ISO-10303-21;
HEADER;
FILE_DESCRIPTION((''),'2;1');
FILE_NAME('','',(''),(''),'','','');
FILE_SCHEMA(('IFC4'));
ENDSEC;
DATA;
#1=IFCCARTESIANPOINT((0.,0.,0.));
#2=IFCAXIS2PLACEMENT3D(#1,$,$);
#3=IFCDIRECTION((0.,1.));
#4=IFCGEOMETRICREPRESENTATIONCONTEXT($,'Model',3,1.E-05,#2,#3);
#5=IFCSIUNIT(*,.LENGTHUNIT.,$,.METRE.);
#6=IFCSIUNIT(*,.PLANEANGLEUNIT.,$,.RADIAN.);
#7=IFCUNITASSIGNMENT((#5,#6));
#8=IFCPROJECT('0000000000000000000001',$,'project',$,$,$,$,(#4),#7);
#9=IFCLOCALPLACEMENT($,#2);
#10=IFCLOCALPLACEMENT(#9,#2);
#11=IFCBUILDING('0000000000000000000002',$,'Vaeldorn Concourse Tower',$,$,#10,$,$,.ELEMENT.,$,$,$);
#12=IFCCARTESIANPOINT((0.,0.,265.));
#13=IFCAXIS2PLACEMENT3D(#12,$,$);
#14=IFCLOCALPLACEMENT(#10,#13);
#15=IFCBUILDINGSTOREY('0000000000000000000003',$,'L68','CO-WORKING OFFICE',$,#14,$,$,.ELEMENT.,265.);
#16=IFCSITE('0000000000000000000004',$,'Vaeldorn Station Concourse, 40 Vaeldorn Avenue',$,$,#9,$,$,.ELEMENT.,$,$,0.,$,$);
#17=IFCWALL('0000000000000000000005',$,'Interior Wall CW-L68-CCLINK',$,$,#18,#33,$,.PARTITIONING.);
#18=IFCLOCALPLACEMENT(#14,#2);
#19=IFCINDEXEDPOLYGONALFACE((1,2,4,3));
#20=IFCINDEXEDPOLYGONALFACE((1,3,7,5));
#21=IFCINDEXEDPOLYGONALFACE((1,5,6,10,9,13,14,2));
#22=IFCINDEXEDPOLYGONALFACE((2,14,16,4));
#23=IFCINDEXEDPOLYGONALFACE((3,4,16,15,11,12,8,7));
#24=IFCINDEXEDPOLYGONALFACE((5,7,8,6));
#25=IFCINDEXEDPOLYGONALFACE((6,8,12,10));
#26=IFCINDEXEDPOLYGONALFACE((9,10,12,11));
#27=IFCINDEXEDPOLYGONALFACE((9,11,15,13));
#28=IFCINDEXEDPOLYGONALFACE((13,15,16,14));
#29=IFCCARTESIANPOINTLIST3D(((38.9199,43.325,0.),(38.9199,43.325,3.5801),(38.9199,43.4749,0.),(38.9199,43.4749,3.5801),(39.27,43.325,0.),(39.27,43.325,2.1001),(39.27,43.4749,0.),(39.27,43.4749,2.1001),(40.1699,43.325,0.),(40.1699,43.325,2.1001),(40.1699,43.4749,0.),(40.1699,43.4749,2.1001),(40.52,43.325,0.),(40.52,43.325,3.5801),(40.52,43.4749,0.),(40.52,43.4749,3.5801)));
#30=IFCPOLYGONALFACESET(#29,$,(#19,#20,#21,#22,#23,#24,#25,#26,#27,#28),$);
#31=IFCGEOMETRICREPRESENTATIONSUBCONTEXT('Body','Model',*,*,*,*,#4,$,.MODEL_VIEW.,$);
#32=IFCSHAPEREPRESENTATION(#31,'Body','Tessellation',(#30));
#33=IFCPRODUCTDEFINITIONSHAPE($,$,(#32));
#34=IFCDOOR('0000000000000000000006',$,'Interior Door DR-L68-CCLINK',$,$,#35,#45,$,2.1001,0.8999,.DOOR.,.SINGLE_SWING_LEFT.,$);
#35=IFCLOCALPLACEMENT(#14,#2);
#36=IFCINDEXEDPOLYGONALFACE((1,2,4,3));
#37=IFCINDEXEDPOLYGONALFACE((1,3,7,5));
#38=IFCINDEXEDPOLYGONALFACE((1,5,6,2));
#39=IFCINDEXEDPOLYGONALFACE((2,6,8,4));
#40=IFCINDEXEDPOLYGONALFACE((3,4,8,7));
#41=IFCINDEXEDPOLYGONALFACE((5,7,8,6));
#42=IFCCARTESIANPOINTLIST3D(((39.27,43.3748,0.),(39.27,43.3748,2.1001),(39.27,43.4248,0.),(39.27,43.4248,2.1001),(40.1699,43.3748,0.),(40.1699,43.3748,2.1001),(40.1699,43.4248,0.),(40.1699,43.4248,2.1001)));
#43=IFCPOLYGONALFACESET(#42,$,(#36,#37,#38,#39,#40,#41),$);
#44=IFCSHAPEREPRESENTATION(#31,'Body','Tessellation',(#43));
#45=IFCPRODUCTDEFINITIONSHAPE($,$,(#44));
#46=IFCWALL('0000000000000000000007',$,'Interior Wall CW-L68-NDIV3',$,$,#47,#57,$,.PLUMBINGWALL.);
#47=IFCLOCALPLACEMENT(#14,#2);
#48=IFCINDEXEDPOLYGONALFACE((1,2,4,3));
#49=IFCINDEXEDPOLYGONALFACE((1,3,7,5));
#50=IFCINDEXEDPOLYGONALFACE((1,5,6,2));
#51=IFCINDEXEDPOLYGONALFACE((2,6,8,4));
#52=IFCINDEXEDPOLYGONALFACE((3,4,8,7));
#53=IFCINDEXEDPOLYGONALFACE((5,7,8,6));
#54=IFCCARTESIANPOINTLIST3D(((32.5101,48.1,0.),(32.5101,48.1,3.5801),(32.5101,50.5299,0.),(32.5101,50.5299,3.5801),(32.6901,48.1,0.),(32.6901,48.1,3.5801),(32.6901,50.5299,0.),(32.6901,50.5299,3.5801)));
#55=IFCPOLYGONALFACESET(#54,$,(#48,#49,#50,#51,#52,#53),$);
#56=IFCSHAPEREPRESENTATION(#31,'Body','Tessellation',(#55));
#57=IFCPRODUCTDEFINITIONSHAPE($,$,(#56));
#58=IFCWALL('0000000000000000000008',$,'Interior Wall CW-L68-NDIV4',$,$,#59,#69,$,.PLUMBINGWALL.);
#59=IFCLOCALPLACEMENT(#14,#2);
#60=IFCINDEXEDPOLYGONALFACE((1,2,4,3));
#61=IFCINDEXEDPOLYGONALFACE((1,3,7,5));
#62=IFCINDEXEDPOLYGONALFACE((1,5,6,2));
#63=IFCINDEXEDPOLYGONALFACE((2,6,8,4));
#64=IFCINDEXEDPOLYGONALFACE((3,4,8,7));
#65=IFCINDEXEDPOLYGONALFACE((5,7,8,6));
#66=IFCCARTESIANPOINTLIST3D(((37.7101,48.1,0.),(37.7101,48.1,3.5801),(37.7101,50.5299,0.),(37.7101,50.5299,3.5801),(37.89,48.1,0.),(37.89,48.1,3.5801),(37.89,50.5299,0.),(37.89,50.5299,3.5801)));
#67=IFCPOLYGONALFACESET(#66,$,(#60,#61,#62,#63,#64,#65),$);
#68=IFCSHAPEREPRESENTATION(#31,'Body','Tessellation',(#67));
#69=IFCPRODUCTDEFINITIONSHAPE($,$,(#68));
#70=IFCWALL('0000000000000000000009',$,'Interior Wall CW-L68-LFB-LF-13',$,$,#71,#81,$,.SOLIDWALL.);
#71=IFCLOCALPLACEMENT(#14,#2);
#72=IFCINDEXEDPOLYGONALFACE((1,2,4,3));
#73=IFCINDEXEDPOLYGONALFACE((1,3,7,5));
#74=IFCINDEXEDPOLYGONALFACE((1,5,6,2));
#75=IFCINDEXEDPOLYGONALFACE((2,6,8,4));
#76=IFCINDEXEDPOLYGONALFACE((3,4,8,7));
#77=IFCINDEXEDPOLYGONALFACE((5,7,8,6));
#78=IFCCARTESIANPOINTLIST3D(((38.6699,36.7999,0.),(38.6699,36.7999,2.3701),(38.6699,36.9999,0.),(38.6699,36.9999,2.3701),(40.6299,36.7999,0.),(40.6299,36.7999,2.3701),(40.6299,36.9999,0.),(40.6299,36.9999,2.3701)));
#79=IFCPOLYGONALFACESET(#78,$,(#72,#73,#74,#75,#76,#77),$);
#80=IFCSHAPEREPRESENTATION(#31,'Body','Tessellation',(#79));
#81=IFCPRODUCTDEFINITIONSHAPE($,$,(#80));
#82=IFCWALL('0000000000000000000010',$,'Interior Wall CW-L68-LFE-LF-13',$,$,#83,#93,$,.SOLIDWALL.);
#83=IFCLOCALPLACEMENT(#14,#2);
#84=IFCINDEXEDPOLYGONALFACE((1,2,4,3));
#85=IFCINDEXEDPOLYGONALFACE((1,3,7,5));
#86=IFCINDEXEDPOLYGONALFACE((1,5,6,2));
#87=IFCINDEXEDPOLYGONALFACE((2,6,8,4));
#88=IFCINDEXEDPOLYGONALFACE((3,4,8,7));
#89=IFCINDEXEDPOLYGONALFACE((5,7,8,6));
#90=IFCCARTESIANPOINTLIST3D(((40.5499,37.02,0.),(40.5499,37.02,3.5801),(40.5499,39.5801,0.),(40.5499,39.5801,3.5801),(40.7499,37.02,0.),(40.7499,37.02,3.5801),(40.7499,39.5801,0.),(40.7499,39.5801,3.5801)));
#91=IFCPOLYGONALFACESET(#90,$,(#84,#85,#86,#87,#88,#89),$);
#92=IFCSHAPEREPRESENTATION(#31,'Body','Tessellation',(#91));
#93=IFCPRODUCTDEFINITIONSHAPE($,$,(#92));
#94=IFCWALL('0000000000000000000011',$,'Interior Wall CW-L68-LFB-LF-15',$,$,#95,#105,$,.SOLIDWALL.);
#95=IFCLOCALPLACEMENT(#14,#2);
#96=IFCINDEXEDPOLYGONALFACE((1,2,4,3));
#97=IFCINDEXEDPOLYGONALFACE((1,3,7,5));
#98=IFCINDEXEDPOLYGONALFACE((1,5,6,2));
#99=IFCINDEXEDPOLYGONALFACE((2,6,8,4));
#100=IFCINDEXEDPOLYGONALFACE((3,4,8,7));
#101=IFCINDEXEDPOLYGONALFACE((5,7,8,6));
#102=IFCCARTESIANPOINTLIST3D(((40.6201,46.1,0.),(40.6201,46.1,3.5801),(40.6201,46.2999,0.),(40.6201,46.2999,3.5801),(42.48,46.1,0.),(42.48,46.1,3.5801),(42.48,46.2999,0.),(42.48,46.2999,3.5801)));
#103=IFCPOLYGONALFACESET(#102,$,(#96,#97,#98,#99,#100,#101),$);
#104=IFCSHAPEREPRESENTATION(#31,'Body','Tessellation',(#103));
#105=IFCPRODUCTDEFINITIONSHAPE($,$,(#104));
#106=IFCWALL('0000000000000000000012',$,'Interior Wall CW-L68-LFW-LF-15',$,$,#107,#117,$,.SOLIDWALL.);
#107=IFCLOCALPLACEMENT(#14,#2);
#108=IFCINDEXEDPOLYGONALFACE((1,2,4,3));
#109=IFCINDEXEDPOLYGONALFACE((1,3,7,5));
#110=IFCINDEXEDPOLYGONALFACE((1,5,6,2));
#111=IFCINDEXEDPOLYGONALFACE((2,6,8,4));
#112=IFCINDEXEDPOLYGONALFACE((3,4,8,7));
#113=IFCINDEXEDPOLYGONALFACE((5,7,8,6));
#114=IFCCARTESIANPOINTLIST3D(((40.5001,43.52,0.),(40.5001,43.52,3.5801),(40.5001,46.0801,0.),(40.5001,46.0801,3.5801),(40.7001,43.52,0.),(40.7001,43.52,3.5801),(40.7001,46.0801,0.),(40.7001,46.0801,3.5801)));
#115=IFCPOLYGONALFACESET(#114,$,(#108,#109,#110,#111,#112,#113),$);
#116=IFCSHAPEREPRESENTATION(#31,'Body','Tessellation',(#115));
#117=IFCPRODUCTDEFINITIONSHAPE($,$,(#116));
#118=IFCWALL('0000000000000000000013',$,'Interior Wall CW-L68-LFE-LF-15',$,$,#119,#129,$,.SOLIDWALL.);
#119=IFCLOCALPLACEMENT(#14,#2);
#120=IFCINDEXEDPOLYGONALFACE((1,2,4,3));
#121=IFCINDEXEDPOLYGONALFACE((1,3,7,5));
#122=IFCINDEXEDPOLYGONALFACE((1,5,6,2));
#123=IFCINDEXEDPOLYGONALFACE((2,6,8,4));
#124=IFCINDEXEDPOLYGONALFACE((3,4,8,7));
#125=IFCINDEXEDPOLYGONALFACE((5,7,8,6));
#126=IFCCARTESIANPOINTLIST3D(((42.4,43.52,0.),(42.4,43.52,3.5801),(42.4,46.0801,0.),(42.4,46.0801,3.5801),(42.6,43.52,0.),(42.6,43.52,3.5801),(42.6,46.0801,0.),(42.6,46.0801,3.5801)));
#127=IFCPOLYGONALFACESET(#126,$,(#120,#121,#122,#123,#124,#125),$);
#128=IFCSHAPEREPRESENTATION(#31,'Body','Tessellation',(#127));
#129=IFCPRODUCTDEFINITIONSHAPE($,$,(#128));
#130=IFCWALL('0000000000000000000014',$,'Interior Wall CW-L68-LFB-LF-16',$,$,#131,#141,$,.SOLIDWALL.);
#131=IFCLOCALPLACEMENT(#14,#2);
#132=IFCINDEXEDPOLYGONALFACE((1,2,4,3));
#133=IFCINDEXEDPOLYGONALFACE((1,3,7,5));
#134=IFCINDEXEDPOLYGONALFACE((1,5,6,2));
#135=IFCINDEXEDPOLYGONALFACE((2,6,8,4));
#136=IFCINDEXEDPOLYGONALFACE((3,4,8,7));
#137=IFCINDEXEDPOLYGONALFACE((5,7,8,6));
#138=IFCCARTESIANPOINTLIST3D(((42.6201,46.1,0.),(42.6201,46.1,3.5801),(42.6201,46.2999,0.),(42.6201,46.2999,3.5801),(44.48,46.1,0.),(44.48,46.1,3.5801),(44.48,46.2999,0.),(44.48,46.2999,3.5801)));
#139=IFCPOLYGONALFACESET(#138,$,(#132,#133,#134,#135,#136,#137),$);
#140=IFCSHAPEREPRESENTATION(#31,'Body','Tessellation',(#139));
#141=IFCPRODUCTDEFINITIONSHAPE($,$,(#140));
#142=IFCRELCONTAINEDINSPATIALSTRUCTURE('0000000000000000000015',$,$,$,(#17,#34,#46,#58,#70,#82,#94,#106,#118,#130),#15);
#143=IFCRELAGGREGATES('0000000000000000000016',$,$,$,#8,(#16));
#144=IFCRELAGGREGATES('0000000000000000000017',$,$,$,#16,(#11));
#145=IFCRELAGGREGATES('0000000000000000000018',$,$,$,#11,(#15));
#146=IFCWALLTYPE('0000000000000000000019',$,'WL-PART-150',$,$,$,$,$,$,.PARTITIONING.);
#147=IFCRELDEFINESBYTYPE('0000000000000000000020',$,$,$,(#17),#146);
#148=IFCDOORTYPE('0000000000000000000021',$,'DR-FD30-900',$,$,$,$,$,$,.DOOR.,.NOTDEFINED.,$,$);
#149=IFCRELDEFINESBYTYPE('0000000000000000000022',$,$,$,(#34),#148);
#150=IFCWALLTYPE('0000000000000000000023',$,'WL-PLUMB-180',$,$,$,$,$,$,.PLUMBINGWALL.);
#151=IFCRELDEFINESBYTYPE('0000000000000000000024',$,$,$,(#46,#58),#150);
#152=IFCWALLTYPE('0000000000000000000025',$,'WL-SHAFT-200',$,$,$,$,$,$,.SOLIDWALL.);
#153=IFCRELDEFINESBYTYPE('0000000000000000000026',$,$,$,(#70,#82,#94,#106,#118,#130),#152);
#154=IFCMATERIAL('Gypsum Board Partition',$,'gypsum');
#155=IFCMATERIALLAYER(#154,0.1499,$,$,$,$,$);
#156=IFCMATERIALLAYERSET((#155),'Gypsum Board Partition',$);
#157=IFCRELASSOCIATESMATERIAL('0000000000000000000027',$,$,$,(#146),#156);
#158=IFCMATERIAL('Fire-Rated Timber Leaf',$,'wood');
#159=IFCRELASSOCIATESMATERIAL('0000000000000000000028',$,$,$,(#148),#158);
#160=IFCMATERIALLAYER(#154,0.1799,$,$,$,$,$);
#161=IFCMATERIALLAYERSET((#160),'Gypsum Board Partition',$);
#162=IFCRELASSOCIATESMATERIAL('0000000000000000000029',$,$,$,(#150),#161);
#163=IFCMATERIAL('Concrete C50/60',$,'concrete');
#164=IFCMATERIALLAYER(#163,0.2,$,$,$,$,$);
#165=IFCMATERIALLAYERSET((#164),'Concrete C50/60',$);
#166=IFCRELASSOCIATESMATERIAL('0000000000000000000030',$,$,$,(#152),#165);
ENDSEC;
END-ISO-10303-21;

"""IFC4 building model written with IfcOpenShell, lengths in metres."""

from ifc_helpers import new_model, si_unit, direction, frame, frame_2d, origin, place, context, subcontext, project, spatial, rectangle, extrude, source, transform, mapped, material, layer, layer_set, type_object, element, fill, save


model = new_model("IFC4")

# Units and contexts
model_context = context("Model", 3, precision=1e-05, world=origin(), true_north=direction((0.0, 1.0)))
body_context = subcontext(model_context, "Body", "Model", "MODEL_VIEW")
ifc_project = project(units=[si_unit("LENGTHUNIT", "METRE"), si_unit("PLANEANGLEUNIT", "RADIAN")], contexts=[model_context])

# Site, building, storey
site_placement = place(None, origin())
site = spatial("IfcSite", under=ifc_project, at=site_placement, Name="Vaeldorn Station Concourse, 40 Vaeldorn Avenue", CompositionType="ELEMENT", RefElevation=0.0)
building_placement = place(site_placement, origin())
building = spatial("IfcBuilding", under=site, at=building_placement, Name="Vaeldorn Concourse Tower", CompositionType="ELEMENT")
storey_placement = place(building_placement, frame((0.0, 0.0, 265.0)))
storey = spatial("IfcBuildingStorey", under=building, at=storey_placement, Name="L68", Description="CO-WORKING OFFICE", CompositionType="ELEMENT", Elevation=265.0)

# Shared definitions
ifc_material_1 = material(Name="Concrete C50/60", Category="concrete")
ifc_material_2 = material(Name="Gypsum Board Partition", Category="gypsum")
ifc_layer_1 = layer(ifc_material_2, 0.1499)
ifc_layer_set_1 = layer_set([ifc_layer_1], Name="Gypsum Board Partition")
wall_type_1 = type_object("IfcWallType", Name="WL-PART-150", PredefinedType="PARTITIONING", material=ifc_layer_set_1)

# Wall, opening, door
ifc_material_3 = material(Name="Fire-Rated Timber Leaf", Category="wood")
door_type_1 = type_object("IfcDoorType", Name="DR-FD30-900", OperationType="NOTDEFINED", PredefinedType="DOOR", material=ifc_material_3)
shared_shape_1 = source(origin(), body_context, "Body", "SweptSolid", [
    extrude(rectangle(XDim=0.8999, YDim=2.1001, at=frame_2d((0.45, 1.05))), frame((0.0, 0.0249, 0.0), z_axis=(0.0, -1.0, 0.0), x_axis=(1.0, 0.0, 0.0)), (0.0, 0.0, 1.0), 0.05),
])
wall_1_placement = place(storey_placement, frame((38.9199, 43.3999, 0.0), z_axis=(0.0, 0.0, 1.0), x_axis=(1.0, 0.0, 0.0)))
wall_1 = element("IfcWall", 1, at=wall_1_placement, inside=storey, type_object=wall_type_1, Name="Interior Wall CW-L68-CCLINK", PredefinedType="PARTITIONING", context=body_context, shape_type="SweptSolid", body=[
    extrude(rectangle(XDim=1.6001, YDim=0.1499, at=frame_2d((0.8, 0.0))), origin(), (0.0, 0.0, 1.0), 3.5801),
])
opening_1_placement = place(wall_1_placement, frame((0.3501, 0.0, 0.0)))
opening_1 = element("IfcOpeningElement", 2, at=opening_1_placement, cuts=wall_1, PredefinedType="OPENING", context=body_context, shape_type="SweptSolid", body=[
    extrude(rectangle(XDim=0.8999, YDim=2.1001, at=frame_2d((0.45, 1.05))), frame((0.0, 0.085, 0.0), z_axis=(0.0, -1.0, 0.0), x_axis=(1.0, 0.0, 0.0)), (0.0, 0.0, 1.0), 0.1699),
])
door_1_placement = place(opening_1_placement, origin())
door_1 = element("IfcDoor", 3, at=door_1_placement, inside=storey, type_object=door_type_1, Name="Interior Door DR-L68-CCLINK", OperationType="SINGLE_SWING_LEFT", OverallHeight=2.1001, OverallWidth=0.8999, PredefinedType="DOOR", context=body_context, shape_type="MappedRepresentation", body=[
    mapped(shared_shape_1, transform((0.0, 0.0, 0.0), scale=1.0)),
])
fill(opening_1, door_1)

# Walls
ifc_layer_2 = layer(ifc_material_2, 0.1799)
ifc_layer_set_2 = layer_set([ifc_layer_2], Name="Gypsum Board Partition")
wall_type_2 = type_object("IfcWallType", Name="WL-PLUMB-180", PredefinedType="PLUMBINGWALL", material=ifc_layer_set_2)
for number, where, z_axis, x_axis, name in (
    (4, (32.6001, 48.1001, 0.0), (0.0, 0.0, 1.0), (0.0, 1.0, 0.0), "Interior Wall CW-L68-NDIV3"),
    (5, (37.8, 48.1001, 0.0), (0.0, 0.0, 1.0), (0.0, 1.0, 0.0), "Interior Wall CW-L68-NDIV4"),
):
    element("IfcWall", number, at=place(storey_placement, frame(where, z_axis=z_axis, x_axis=x_axis)), inside=storey, type_object=wall_type_2, Name=name, PredefinedType="PLUMBINGWALL", context=body_context, shape_type="SweptSolid", body=[
        extrude(rectangle(XDim=2.4299, YDim=0.1799, at=frame_2d((1.2148, 0.0))), origin(), (0.0, 0.0, 1.0), 3.5801),
    ])

# Shared definitions
ifc_layer_3 = layer(ifc_material_1, 0.2)
ifc_layer_set_3 = layer_set([ifc_layer_3], Name="Concrete C50/60")
wall_type_3 = type_object("IfcWallType", Name="WL-SHAFT-200", PredefinedType="SOLIDWALL", material=ifc_layer_set_3)

# Walls
wall_2_placement = place(storey_placement, frame((38.6699, 36.8999, 0.0), z_axis=(0.0, 0.0, 1.0), x_axis=(1.0, 0.0, 0.0)))
element("IfcWall", 6, at=wall_2_placement, inside=storey, type_object=wall_type_3, Name="Interior Wall CW-L68-LFB-LF-13", PredefinedType="SOLIDWALL", context=body_context, shape_type="SweptSolid", body=[
    extrude(rectangle(XDim=1.96, YDim=0.2, at=frame_2d((0.98, 0.0))), origin(), (0.0, 0.0, 1.0), 2.3701),
])
wall_3_placement = place(storey_placement, frame((40.6499, 37.02, 0.0), z_axis=(0.0, 0.0, 1.0), x_axis=(0.0, 1.0, 0.0)))
element("IfcWall", 7, at=wall_3_placement, inside=storey, type_object=wall_type_3, Name="Interior Wall CW-L68-LFE-LF-13", PredefinedType="SOLIDWALL", context=body_context, shape_type="SweptSolid", body=[
    extrude(rectangle(XDim=2.5601, YDim=0.2, at=frame_2d((1.28, 0.0))), origin(), (0.0, 0.0, 1.0), 3.5801),
])

# Walls
wall_4_placement = place(storey_placement, frame((40.6201, 46.2, 0.0), z_axis=(0.0, 0.0, 1.0), x_axis=(1.0, 0.0, 0.0)))
element("IfcWall", 8, at=wall_4_placement, inside=storey, type_object=wall_type_3, Name="Interior Wall CW-L68-LFB-LF-15", PredefinedType="SOLIDWALL", context=body_context, shape_type="SweptSolid", body=[
    extrude(rectangle(XDim=1.8599, YDim=0.2, at=frame_2d((0.9299, 0.0))), origin(), (0.0, 0.0, 1.0), 3.5801),
])
for number, where, z_axis, x_axis, name in (
    (9, (40.6001, 43.52, 0.0), (0.0, 0.0, 1.0), (0.0, 1.0, 0.0), "Interior Wall CW-L68-LFW-LF-15"),
    (10, (42.5, 43.52, 0.0), (0.0, 0.0, 1.0), (0.0, 1.0, 0.0), "Interior Wall CW-L68-LFE-LF-15"),
):
    element("IfcWall", number, at=place(storey_placement, frame(where, z_axis=z_axis, x_axis=x_axis)), inside=storey, type_object=wall_type_3, Name=name, PredefinedType="SOLIDWALL", context=body_context, shape_type="SweptSolid", body=[
        extrude(rectangle(XDim=2.5601, YDim=0.2, at=frame_2d((1.28, 0.0))), origin(), (0.0, 0.0, 1.0), 3.5801),
    ])

# Wall
wall_5_placement = place(storey_placement, frame((42.6201, 46.2, 0.0), z_axis=(0.0, 0.0, 1.0), x_axis=(1.0, 0.0, 0.0)))
element("IfcWall", 11, at=wall_5_placement, inside=storey, type_object=wall_type_3, Name="Interior Wall CW-L68-LFB-LF-16", PredefinedType="SOLIDWALL", context=body_context, shape_type="SweptSolid", body=[
    extrude(rectangle(XDim=1.8599, YDim=0.2, at=frame_2d((0.9299, 0.0))), origin(), (0.0, 0.0, 1.0), 3.5801),
])

save(model, "model.ifc")
